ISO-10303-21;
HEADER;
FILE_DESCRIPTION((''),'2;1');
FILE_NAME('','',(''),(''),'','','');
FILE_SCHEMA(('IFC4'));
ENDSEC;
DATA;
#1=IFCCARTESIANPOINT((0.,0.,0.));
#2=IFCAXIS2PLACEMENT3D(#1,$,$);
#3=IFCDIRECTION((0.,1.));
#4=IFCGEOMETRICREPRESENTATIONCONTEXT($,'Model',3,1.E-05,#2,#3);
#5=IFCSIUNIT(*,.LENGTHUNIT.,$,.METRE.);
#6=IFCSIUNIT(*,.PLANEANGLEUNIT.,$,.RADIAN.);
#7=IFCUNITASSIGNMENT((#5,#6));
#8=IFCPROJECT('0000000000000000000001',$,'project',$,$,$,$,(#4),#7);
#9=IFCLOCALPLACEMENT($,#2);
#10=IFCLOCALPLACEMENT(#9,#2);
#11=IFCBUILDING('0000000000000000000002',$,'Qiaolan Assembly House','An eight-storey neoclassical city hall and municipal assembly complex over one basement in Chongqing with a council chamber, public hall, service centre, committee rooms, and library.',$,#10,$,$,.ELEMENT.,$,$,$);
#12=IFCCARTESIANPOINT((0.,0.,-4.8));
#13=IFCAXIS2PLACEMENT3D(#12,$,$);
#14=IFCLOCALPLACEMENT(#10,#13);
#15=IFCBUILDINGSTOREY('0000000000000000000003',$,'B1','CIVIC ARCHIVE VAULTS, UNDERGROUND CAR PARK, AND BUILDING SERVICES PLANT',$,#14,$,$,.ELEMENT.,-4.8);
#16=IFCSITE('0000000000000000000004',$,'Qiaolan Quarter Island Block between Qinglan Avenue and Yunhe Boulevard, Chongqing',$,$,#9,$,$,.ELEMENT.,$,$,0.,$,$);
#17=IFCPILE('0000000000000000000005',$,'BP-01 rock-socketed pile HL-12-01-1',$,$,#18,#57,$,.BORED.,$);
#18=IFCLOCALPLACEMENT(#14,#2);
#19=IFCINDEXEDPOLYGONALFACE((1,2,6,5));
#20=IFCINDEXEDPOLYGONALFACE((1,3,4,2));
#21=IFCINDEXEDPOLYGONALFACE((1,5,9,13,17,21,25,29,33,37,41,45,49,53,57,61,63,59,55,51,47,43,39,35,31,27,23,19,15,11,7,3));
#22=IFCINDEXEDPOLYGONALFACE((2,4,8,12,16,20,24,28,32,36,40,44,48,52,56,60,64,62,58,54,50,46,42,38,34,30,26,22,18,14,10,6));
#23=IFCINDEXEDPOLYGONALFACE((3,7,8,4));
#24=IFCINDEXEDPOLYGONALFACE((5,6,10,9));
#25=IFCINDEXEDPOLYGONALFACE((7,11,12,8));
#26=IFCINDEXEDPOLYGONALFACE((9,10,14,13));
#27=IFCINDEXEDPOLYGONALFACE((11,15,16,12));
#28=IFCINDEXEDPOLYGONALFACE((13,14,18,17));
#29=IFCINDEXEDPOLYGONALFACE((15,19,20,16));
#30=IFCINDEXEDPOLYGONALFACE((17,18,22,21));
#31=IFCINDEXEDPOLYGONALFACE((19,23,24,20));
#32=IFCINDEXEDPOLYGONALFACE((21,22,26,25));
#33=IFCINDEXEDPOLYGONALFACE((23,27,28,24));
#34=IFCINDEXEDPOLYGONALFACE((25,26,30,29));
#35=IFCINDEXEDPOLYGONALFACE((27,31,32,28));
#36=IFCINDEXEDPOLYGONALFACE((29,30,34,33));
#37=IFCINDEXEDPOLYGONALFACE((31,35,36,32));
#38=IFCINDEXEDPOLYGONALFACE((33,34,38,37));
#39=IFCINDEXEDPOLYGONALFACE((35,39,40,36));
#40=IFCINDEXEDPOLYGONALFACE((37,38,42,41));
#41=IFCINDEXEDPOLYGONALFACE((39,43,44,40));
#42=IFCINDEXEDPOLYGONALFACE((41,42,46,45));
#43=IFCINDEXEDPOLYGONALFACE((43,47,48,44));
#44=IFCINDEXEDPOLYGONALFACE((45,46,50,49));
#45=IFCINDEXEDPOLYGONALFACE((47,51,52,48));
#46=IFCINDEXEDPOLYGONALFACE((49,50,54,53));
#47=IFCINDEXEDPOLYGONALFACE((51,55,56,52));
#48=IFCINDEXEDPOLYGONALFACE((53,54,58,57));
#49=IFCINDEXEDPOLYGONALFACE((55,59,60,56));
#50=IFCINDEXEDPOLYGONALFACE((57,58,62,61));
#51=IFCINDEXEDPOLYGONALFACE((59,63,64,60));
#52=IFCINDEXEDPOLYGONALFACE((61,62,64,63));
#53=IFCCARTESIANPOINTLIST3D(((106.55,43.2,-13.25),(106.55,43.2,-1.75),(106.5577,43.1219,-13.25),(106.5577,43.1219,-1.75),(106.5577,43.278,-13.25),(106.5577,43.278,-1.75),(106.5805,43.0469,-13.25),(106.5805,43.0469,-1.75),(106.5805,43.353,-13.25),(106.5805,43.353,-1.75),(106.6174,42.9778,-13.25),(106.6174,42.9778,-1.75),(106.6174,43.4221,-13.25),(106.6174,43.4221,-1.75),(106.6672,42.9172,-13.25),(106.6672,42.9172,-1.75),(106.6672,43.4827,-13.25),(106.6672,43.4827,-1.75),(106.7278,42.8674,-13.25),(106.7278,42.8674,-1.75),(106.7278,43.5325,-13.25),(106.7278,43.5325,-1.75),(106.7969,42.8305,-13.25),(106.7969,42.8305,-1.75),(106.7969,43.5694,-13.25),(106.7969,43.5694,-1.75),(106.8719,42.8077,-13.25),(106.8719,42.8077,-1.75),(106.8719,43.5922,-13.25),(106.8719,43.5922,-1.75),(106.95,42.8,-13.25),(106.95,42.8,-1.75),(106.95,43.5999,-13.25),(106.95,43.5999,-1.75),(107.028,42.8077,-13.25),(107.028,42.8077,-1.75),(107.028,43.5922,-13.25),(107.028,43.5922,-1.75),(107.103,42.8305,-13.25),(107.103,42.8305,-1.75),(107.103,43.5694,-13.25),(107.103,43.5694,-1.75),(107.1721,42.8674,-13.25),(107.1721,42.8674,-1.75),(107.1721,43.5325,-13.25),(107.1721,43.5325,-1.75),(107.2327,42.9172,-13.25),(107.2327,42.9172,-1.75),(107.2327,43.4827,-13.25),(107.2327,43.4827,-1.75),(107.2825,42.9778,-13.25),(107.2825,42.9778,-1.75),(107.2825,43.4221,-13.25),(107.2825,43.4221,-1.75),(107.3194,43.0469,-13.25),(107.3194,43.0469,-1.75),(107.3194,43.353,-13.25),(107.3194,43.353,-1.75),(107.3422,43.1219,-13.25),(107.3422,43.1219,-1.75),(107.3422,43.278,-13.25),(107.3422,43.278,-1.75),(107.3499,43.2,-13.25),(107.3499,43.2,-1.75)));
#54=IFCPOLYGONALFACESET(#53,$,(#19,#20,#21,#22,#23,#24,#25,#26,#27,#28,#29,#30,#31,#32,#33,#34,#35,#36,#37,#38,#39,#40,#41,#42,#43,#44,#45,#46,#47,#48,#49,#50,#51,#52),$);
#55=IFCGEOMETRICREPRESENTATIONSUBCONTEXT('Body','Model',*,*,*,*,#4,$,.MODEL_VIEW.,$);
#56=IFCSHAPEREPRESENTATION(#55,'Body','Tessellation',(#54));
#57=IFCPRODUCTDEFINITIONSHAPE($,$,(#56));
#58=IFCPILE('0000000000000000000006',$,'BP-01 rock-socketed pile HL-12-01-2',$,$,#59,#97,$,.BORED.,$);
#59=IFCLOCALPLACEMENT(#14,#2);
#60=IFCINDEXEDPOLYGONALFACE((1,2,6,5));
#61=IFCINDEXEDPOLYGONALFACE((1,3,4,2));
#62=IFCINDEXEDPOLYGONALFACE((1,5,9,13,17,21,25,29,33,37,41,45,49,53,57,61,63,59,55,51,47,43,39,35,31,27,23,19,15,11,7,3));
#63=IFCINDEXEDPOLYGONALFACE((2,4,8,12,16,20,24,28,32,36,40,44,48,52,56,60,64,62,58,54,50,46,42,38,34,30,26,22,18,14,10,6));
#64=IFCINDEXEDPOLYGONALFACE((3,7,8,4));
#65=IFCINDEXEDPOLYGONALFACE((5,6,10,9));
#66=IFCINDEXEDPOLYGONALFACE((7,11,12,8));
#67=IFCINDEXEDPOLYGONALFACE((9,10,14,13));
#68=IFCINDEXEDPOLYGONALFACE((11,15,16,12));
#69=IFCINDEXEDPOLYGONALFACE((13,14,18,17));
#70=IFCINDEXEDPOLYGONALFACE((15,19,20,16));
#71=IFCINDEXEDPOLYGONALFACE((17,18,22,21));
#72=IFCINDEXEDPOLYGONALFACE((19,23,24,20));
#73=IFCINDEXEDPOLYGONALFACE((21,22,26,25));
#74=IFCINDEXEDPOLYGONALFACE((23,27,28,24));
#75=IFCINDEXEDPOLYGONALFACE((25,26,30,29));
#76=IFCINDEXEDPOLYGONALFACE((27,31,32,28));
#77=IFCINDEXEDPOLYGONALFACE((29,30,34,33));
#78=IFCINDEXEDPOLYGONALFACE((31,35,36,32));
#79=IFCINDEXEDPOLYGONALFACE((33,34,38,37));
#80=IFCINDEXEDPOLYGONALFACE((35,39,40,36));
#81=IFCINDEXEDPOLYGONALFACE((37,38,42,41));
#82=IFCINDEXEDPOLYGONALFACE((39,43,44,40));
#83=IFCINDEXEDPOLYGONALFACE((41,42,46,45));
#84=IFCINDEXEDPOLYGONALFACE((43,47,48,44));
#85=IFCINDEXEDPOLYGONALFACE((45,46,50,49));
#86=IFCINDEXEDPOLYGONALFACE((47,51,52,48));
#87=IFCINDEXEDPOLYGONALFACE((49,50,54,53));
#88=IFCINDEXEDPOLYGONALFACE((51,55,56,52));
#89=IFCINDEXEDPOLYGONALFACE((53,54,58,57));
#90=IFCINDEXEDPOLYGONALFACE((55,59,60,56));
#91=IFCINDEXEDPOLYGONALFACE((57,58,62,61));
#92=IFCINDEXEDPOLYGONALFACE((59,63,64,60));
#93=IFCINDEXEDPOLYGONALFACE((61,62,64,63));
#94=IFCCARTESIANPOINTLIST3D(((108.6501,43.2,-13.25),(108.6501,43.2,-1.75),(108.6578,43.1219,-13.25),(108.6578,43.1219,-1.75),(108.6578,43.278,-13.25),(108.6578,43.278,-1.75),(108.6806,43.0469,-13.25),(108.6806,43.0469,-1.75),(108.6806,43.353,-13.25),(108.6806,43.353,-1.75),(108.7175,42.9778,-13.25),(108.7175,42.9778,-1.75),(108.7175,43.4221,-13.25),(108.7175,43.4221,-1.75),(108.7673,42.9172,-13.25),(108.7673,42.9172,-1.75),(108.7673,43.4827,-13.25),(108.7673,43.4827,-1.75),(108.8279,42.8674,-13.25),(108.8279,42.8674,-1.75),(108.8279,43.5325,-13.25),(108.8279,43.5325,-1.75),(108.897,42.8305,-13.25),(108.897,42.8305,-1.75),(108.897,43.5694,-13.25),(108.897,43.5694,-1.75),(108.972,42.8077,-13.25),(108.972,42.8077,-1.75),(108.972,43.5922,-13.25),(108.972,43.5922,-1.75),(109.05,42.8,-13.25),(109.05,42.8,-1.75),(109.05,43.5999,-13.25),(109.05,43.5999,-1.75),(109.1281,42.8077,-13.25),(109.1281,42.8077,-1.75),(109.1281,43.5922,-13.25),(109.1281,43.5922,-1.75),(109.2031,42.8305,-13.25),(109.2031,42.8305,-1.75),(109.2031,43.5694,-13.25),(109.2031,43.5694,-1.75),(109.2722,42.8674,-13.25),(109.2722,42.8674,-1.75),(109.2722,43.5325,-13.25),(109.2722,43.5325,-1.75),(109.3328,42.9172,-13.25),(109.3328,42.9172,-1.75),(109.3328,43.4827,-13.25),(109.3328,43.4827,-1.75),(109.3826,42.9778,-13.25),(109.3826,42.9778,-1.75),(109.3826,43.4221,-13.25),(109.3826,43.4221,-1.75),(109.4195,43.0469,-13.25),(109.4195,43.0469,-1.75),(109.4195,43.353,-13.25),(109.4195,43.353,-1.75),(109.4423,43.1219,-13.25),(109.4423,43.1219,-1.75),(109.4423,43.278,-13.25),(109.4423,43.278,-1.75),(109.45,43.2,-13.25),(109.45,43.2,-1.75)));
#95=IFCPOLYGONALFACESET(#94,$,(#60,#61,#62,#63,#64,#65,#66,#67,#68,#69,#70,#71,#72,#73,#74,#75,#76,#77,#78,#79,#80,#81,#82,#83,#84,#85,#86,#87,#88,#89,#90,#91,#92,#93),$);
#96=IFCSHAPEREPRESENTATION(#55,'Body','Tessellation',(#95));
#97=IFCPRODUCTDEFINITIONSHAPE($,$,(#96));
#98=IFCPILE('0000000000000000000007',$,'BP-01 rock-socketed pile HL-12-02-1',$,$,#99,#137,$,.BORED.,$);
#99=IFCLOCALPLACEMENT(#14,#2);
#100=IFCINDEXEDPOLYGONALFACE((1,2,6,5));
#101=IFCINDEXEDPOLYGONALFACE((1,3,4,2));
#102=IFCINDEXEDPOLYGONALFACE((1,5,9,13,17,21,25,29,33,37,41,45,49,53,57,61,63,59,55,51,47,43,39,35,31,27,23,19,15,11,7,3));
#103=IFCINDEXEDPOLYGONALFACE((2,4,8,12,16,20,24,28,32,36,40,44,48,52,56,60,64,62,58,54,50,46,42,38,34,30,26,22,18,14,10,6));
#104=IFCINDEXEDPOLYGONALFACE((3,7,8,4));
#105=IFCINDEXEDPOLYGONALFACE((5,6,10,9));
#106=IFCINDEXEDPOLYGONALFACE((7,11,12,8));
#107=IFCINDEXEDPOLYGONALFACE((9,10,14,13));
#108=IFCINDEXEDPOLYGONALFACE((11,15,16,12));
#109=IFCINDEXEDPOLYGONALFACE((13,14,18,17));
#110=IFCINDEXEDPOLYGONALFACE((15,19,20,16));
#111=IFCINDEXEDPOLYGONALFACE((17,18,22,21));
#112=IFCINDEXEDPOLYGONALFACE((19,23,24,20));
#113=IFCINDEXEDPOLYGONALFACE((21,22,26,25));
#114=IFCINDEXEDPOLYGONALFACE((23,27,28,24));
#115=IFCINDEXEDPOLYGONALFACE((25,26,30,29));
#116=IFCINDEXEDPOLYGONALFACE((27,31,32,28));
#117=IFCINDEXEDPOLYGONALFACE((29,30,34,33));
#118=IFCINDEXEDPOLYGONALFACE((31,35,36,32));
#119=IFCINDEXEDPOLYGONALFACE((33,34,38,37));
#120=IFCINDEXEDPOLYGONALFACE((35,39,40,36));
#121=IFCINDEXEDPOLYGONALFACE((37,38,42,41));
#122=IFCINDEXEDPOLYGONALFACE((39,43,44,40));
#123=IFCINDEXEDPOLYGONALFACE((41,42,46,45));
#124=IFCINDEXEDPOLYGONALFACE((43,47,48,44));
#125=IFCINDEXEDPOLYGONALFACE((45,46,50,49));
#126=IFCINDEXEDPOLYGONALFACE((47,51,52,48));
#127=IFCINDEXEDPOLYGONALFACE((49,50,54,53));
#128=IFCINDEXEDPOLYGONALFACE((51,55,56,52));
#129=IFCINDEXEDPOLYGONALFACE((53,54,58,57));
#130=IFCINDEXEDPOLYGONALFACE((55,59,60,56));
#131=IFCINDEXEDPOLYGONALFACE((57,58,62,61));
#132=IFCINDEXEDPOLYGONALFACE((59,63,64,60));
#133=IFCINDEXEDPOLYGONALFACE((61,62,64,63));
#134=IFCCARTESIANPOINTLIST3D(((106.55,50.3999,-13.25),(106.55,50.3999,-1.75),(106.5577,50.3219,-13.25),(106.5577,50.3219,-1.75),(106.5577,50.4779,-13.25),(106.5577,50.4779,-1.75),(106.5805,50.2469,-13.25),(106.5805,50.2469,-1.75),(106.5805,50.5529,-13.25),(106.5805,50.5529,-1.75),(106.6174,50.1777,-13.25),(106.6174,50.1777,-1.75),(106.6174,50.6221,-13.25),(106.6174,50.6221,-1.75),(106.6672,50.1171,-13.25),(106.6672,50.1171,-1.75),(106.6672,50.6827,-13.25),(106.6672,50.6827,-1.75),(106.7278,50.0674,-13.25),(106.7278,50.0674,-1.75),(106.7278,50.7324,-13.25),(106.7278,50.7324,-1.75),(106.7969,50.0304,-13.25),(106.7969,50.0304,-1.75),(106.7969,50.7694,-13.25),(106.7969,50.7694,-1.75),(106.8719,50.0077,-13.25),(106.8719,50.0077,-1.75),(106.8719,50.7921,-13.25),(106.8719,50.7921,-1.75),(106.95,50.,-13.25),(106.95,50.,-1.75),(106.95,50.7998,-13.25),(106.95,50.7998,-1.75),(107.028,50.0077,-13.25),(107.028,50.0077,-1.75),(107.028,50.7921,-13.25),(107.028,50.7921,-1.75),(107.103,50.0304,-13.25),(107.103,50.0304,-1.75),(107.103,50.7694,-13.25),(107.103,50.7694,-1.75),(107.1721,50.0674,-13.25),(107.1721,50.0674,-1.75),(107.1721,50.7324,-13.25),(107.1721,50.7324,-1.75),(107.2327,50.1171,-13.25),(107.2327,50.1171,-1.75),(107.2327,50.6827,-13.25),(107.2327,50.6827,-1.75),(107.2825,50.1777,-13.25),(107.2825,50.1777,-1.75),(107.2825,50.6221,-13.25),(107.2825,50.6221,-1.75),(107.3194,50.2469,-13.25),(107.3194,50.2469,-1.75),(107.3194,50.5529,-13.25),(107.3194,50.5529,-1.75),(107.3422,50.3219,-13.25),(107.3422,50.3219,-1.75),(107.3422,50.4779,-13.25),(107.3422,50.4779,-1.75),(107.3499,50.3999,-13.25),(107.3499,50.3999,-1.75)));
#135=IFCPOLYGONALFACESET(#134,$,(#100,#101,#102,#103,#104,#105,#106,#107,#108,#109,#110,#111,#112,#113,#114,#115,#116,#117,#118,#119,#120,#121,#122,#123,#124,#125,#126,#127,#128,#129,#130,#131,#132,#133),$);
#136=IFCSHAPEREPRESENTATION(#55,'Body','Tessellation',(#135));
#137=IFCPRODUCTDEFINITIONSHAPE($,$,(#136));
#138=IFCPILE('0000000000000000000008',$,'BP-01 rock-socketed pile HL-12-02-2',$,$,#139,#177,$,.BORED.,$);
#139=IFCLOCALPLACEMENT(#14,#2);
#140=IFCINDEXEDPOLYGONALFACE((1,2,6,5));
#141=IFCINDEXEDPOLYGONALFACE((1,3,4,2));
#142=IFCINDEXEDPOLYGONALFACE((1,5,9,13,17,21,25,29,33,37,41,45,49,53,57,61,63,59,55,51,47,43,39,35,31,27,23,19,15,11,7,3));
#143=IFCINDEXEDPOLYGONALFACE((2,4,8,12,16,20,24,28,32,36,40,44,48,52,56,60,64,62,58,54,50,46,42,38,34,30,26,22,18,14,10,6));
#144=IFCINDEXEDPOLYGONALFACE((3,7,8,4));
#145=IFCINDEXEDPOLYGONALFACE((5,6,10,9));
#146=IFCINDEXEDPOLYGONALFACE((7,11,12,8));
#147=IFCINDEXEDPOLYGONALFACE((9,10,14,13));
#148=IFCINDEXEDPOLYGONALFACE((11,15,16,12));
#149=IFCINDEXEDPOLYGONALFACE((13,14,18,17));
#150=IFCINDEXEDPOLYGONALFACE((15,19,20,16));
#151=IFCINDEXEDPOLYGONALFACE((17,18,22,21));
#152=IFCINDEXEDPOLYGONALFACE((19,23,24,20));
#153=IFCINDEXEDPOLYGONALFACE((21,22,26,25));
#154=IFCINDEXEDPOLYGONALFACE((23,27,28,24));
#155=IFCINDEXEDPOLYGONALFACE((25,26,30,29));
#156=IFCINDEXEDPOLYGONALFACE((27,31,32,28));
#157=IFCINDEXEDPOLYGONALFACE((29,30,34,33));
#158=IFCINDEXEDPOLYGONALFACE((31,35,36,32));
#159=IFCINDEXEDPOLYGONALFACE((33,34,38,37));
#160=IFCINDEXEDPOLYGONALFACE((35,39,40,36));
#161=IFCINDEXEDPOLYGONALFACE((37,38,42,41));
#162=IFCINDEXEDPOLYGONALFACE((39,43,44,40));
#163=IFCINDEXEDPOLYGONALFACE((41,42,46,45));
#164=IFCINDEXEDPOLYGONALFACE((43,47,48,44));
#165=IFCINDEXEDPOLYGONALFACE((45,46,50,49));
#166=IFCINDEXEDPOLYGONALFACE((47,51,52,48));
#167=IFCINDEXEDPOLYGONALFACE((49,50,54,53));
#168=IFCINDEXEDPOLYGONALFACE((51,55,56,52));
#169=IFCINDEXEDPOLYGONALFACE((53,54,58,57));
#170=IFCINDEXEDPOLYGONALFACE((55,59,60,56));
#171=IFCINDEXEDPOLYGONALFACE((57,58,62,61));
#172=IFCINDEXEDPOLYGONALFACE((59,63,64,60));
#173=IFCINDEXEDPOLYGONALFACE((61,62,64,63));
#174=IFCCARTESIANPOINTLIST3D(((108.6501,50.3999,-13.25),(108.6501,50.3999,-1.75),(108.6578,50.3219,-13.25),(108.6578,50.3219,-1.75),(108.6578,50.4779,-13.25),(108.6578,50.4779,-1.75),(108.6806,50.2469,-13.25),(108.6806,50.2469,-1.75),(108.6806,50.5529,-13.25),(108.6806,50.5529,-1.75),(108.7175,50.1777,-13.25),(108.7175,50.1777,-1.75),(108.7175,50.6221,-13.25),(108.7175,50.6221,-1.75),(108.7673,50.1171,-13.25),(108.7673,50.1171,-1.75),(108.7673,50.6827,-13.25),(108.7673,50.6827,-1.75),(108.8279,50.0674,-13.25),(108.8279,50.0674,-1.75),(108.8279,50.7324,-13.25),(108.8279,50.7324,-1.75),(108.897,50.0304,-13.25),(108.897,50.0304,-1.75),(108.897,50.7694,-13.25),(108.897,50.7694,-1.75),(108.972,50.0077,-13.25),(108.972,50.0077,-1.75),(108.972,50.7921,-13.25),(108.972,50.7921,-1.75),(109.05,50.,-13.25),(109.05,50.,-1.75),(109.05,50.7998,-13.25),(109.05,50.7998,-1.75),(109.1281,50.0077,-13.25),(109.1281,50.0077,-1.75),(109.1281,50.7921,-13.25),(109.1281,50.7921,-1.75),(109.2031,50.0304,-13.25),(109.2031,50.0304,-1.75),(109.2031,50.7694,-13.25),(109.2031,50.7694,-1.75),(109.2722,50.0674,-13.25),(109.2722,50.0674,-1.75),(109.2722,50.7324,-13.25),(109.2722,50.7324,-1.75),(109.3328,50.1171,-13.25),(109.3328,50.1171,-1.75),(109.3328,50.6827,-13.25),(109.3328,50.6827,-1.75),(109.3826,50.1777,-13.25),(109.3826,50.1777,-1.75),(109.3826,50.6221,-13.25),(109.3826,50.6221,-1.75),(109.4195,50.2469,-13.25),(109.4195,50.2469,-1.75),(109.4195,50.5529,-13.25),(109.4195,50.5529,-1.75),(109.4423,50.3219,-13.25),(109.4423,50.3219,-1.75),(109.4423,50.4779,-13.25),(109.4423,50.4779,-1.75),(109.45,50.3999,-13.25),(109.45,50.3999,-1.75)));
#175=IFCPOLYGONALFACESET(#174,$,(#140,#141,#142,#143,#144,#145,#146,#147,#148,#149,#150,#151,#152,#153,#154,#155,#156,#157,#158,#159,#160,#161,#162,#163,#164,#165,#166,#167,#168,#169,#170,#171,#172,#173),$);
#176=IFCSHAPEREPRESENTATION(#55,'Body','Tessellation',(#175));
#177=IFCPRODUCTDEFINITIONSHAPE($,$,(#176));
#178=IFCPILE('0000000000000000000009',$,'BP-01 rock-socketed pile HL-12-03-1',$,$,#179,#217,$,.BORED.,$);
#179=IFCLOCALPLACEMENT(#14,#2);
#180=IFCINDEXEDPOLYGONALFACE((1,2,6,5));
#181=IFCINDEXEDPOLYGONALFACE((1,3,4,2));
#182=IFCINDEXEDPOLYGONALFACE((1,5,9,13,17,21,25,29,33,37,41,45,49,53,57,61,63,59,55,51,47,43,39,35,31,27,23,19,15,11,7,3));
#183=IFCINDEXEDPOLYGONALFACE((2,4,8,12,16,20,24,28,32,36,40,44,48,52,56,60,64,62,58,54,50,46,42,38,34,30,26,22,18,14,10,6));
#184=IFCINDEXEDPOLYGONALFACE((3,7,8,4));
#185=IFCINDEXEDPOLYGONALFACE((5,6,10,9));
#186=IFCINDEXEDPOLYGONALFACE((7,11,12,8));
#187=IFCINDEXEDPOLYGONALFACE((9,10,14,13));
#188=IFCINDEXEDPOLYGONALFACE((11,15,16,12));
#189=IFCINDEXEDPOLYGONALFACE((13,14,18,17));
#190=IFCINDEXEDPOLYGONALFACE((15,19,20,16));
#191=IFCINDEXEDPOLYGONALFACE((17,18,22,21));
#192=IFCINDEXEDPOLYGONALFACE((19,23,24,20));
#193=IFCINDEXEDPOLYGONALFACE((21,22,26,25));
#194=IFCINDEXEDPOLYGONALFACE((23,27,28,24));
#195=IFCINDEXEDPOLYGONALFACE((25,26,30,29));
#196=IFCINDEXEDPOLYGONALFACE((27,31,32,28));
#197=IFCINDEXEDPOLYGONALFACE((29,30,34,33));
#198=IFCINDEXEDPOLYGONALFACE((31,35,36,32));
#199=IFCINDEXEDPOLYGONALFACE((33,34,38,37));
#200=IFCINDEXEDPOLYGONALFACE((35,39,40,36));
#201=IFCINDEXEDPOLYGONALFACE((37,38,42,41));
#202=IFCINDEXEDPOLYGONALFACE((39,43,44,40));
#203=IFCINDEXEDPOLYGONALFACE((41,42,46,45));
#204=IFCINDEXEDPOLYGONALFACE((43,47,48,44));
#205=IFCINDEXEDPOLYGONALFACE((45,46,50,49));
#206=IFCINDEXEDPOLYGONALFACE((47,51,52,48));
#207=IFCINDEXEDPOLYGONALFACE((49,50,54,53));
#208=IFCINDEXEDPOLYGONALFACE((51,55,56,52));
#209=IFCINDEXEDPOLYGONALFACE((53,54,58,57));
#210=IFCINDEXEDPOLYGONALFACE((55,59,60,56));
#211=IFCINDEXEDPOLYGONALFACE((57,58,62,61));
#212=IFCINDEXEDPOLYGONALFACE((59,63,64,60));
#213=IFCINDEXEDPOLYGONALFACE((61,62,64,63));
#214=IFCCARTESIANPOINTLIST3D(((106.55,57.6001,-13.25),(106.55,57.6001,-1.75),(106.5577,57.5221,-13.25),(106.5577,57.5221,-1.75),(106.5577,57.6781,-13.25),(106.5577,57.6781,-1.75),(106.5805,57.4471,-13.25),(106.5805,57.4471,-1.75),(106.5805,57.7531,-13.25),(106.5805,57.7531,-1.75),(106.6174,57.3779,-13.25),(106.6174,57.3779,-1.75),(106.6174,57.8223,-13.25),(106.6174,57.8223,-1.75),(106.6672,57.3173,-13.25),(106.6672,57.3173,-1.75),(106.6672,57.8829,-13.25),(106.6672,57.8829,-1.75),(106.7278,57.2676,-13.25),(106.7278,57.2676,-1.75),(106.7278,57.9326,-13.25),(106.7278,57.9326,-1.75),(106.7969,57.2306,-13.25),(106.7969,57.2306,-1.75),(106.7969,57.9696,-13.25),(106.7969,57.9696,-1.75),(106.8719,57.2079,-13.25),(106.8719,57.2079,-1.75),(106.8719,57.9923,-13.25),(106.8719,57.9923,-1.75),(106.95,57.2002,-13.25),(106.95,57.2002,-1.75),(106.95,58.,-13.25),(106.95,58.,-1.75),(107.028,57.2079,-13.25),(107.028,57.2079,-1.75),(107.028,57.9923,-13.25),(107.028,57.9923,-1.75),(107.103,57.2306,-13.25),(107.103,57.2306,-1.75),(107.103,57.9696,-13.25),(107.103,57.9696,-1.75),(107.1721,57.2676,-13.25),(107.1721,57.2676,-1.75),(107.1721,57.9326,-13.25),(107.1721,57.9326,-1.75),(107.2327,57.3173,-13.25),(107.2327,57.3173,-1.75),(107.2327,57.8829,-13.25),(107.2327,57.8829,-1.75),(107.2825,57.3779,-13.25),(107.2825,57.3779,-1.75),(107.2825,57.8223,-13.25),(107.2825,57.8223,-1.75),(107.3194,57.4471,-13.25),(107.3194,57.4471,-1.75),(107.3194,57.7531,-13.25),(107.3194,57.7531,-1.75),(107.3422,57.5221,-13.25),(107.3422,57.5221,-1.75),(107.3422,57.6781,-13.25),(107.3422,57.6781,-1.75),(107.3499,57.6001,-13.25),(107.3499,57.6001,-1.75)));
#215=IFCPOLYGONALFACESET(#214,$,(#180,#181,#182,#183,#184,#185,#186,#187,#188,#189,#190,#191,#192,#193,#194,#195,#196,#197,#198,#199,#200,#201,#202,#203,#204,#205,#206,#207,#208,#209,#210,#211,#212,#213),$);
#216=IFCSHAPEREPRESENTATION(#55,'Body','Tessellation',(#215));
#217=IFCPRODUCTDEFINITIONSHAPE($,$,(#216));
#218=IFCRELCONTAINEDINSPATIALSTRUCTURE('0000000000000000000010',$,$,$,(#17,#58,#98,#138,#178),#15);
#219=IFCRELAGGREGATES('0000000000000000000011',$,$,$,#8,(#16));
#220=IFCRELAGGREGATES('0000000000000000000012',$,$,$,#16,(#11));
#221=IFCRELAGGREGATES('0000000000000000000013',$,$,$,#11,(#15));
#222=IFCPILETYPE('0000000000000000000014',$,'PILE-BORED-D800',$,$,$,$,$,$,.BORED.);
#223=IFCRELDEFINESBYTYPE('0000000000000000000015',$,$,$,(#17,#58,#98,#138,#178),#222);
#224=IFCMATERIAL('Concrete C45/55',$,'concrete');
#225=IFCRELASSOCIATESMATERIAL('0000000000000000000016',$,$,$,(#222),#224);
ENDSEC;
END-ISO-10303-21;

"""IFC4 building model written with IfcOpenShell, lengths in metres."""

from ifc_helpers import new_model, si_unit, direction, frame, origin, origin_2d, place, context, subcontext, project, spatial, circle, extrude, material, material_profile, profile_set, type_object, element, save


model = new_model("IFC4")

# Units and contexts
model_context = context("Model", 3, precision=1e-05, world=origin(), true_north=direction((0.0, 1.0)))
body_context = subcontext(model_context, "Body", "Model", "MODEL_VIEW")
ifc_project = project(units=[si_unit("LENGTHUNIT", "METRE"), si_unit("PLANEANGLEUNIT", "RADIAN")], contexts=[model_context])

# Site, building, storey
site_placement = place(None, origin())
site = spatial("IfcSite", under=ifc_project, at=site_placement, Name="Qiaolan Quarter Island Block between Qinglan Avenue and Yunhe Boulevard, Chongqing", CompositionType="ELEMENT", RefElevation=0.0)
building_placement = place(site_placement, origin())
building = spatial("IfcBuilding", under=site, at=building_placement, Name="Qiaolan Assembly House", Description="An eight-storey neoclassical city hall and municipal assembly complex over one basement in Chongqing with a council chamber, public hall, service centre, committee rooms, and library.", CompositionType="ELEMENT")
storey_placement = place(building_placement, frame((0.0, 0.0, -4.8)))
storey = spatial("IfcBuildingStorey", under=building, at=storey_placement, Name="B1", Description="CIVIC ARCHIVE VAULTS, UNDERGROUND CAR PARK, AND BUILDING SERVICES PLANT", CompositionType="ELEMENT", Elevation=-4.8)

# Piles
ifc_material_1 = material(Name="Concrete C45/55", Category="concrete")
ifc_material_profile_1 = material_profile(ifc_material_1, circle(Radius=0.3999, at=origin_2d()), Name="PILE D800")
ifc_profile_set_1 = profile_set([ifc_material_profile_1], Name="Concrete C45/55")
pile_type = type_object("IfcPileType", Name="PILE-BORED-D800", PredefinedType="BORED", material=ifc_profile_set_1)
for number, where, z_axis, x_axis, name in (
    (1, (106.95, 43.2, -1.75), (0.0, 0.0, -1.0), (1.0, 0.0, 0.0), "BP-01 rock-socketed pile HL-12-01-1"),
    (2, (109.05, 43.2, -1.75), (0.0, 0.0, -1.0), (1.0, 0.0, 0.0), "BP-01 rock-socketed pile HL-12-01-2"),
    (3, (106.95, 50.3999, -1.75), (0.0, 0.0, -1.0), (1.0, 0.0, 0.0), "BP-01 rock-socketed pile HL-12-02-1"),
    (4, (109.05, 50.3999, -1.75), (0.0, 0.0, -1.0), (1.0, 0.0, 0.0), "BP-01 rock-socketed pile HL-12-02-2"),
    (5, (106.95, 57.6001, -1.75), (0.0, 0.0, -1.0), (1.0, 0.0, 0.0), "BP-01 rock-socketed pile HL-12-03-1"),
):
    element("IfcPile", number, at=place(storey_placement, frame(where, z_axis=z_axis, x_axis=x_axis)), inside=storey, type_object=pile_type, Name=name, PredefinedType="BORED", context=body_context, shape_type="SweptSolid", body=[
        extrude(circle(Radius=0.3999, at=origin_2d()), origin(), (0.0, 0.0, 1.0), 11.5),
    ])

save(model, "model.ifc")
